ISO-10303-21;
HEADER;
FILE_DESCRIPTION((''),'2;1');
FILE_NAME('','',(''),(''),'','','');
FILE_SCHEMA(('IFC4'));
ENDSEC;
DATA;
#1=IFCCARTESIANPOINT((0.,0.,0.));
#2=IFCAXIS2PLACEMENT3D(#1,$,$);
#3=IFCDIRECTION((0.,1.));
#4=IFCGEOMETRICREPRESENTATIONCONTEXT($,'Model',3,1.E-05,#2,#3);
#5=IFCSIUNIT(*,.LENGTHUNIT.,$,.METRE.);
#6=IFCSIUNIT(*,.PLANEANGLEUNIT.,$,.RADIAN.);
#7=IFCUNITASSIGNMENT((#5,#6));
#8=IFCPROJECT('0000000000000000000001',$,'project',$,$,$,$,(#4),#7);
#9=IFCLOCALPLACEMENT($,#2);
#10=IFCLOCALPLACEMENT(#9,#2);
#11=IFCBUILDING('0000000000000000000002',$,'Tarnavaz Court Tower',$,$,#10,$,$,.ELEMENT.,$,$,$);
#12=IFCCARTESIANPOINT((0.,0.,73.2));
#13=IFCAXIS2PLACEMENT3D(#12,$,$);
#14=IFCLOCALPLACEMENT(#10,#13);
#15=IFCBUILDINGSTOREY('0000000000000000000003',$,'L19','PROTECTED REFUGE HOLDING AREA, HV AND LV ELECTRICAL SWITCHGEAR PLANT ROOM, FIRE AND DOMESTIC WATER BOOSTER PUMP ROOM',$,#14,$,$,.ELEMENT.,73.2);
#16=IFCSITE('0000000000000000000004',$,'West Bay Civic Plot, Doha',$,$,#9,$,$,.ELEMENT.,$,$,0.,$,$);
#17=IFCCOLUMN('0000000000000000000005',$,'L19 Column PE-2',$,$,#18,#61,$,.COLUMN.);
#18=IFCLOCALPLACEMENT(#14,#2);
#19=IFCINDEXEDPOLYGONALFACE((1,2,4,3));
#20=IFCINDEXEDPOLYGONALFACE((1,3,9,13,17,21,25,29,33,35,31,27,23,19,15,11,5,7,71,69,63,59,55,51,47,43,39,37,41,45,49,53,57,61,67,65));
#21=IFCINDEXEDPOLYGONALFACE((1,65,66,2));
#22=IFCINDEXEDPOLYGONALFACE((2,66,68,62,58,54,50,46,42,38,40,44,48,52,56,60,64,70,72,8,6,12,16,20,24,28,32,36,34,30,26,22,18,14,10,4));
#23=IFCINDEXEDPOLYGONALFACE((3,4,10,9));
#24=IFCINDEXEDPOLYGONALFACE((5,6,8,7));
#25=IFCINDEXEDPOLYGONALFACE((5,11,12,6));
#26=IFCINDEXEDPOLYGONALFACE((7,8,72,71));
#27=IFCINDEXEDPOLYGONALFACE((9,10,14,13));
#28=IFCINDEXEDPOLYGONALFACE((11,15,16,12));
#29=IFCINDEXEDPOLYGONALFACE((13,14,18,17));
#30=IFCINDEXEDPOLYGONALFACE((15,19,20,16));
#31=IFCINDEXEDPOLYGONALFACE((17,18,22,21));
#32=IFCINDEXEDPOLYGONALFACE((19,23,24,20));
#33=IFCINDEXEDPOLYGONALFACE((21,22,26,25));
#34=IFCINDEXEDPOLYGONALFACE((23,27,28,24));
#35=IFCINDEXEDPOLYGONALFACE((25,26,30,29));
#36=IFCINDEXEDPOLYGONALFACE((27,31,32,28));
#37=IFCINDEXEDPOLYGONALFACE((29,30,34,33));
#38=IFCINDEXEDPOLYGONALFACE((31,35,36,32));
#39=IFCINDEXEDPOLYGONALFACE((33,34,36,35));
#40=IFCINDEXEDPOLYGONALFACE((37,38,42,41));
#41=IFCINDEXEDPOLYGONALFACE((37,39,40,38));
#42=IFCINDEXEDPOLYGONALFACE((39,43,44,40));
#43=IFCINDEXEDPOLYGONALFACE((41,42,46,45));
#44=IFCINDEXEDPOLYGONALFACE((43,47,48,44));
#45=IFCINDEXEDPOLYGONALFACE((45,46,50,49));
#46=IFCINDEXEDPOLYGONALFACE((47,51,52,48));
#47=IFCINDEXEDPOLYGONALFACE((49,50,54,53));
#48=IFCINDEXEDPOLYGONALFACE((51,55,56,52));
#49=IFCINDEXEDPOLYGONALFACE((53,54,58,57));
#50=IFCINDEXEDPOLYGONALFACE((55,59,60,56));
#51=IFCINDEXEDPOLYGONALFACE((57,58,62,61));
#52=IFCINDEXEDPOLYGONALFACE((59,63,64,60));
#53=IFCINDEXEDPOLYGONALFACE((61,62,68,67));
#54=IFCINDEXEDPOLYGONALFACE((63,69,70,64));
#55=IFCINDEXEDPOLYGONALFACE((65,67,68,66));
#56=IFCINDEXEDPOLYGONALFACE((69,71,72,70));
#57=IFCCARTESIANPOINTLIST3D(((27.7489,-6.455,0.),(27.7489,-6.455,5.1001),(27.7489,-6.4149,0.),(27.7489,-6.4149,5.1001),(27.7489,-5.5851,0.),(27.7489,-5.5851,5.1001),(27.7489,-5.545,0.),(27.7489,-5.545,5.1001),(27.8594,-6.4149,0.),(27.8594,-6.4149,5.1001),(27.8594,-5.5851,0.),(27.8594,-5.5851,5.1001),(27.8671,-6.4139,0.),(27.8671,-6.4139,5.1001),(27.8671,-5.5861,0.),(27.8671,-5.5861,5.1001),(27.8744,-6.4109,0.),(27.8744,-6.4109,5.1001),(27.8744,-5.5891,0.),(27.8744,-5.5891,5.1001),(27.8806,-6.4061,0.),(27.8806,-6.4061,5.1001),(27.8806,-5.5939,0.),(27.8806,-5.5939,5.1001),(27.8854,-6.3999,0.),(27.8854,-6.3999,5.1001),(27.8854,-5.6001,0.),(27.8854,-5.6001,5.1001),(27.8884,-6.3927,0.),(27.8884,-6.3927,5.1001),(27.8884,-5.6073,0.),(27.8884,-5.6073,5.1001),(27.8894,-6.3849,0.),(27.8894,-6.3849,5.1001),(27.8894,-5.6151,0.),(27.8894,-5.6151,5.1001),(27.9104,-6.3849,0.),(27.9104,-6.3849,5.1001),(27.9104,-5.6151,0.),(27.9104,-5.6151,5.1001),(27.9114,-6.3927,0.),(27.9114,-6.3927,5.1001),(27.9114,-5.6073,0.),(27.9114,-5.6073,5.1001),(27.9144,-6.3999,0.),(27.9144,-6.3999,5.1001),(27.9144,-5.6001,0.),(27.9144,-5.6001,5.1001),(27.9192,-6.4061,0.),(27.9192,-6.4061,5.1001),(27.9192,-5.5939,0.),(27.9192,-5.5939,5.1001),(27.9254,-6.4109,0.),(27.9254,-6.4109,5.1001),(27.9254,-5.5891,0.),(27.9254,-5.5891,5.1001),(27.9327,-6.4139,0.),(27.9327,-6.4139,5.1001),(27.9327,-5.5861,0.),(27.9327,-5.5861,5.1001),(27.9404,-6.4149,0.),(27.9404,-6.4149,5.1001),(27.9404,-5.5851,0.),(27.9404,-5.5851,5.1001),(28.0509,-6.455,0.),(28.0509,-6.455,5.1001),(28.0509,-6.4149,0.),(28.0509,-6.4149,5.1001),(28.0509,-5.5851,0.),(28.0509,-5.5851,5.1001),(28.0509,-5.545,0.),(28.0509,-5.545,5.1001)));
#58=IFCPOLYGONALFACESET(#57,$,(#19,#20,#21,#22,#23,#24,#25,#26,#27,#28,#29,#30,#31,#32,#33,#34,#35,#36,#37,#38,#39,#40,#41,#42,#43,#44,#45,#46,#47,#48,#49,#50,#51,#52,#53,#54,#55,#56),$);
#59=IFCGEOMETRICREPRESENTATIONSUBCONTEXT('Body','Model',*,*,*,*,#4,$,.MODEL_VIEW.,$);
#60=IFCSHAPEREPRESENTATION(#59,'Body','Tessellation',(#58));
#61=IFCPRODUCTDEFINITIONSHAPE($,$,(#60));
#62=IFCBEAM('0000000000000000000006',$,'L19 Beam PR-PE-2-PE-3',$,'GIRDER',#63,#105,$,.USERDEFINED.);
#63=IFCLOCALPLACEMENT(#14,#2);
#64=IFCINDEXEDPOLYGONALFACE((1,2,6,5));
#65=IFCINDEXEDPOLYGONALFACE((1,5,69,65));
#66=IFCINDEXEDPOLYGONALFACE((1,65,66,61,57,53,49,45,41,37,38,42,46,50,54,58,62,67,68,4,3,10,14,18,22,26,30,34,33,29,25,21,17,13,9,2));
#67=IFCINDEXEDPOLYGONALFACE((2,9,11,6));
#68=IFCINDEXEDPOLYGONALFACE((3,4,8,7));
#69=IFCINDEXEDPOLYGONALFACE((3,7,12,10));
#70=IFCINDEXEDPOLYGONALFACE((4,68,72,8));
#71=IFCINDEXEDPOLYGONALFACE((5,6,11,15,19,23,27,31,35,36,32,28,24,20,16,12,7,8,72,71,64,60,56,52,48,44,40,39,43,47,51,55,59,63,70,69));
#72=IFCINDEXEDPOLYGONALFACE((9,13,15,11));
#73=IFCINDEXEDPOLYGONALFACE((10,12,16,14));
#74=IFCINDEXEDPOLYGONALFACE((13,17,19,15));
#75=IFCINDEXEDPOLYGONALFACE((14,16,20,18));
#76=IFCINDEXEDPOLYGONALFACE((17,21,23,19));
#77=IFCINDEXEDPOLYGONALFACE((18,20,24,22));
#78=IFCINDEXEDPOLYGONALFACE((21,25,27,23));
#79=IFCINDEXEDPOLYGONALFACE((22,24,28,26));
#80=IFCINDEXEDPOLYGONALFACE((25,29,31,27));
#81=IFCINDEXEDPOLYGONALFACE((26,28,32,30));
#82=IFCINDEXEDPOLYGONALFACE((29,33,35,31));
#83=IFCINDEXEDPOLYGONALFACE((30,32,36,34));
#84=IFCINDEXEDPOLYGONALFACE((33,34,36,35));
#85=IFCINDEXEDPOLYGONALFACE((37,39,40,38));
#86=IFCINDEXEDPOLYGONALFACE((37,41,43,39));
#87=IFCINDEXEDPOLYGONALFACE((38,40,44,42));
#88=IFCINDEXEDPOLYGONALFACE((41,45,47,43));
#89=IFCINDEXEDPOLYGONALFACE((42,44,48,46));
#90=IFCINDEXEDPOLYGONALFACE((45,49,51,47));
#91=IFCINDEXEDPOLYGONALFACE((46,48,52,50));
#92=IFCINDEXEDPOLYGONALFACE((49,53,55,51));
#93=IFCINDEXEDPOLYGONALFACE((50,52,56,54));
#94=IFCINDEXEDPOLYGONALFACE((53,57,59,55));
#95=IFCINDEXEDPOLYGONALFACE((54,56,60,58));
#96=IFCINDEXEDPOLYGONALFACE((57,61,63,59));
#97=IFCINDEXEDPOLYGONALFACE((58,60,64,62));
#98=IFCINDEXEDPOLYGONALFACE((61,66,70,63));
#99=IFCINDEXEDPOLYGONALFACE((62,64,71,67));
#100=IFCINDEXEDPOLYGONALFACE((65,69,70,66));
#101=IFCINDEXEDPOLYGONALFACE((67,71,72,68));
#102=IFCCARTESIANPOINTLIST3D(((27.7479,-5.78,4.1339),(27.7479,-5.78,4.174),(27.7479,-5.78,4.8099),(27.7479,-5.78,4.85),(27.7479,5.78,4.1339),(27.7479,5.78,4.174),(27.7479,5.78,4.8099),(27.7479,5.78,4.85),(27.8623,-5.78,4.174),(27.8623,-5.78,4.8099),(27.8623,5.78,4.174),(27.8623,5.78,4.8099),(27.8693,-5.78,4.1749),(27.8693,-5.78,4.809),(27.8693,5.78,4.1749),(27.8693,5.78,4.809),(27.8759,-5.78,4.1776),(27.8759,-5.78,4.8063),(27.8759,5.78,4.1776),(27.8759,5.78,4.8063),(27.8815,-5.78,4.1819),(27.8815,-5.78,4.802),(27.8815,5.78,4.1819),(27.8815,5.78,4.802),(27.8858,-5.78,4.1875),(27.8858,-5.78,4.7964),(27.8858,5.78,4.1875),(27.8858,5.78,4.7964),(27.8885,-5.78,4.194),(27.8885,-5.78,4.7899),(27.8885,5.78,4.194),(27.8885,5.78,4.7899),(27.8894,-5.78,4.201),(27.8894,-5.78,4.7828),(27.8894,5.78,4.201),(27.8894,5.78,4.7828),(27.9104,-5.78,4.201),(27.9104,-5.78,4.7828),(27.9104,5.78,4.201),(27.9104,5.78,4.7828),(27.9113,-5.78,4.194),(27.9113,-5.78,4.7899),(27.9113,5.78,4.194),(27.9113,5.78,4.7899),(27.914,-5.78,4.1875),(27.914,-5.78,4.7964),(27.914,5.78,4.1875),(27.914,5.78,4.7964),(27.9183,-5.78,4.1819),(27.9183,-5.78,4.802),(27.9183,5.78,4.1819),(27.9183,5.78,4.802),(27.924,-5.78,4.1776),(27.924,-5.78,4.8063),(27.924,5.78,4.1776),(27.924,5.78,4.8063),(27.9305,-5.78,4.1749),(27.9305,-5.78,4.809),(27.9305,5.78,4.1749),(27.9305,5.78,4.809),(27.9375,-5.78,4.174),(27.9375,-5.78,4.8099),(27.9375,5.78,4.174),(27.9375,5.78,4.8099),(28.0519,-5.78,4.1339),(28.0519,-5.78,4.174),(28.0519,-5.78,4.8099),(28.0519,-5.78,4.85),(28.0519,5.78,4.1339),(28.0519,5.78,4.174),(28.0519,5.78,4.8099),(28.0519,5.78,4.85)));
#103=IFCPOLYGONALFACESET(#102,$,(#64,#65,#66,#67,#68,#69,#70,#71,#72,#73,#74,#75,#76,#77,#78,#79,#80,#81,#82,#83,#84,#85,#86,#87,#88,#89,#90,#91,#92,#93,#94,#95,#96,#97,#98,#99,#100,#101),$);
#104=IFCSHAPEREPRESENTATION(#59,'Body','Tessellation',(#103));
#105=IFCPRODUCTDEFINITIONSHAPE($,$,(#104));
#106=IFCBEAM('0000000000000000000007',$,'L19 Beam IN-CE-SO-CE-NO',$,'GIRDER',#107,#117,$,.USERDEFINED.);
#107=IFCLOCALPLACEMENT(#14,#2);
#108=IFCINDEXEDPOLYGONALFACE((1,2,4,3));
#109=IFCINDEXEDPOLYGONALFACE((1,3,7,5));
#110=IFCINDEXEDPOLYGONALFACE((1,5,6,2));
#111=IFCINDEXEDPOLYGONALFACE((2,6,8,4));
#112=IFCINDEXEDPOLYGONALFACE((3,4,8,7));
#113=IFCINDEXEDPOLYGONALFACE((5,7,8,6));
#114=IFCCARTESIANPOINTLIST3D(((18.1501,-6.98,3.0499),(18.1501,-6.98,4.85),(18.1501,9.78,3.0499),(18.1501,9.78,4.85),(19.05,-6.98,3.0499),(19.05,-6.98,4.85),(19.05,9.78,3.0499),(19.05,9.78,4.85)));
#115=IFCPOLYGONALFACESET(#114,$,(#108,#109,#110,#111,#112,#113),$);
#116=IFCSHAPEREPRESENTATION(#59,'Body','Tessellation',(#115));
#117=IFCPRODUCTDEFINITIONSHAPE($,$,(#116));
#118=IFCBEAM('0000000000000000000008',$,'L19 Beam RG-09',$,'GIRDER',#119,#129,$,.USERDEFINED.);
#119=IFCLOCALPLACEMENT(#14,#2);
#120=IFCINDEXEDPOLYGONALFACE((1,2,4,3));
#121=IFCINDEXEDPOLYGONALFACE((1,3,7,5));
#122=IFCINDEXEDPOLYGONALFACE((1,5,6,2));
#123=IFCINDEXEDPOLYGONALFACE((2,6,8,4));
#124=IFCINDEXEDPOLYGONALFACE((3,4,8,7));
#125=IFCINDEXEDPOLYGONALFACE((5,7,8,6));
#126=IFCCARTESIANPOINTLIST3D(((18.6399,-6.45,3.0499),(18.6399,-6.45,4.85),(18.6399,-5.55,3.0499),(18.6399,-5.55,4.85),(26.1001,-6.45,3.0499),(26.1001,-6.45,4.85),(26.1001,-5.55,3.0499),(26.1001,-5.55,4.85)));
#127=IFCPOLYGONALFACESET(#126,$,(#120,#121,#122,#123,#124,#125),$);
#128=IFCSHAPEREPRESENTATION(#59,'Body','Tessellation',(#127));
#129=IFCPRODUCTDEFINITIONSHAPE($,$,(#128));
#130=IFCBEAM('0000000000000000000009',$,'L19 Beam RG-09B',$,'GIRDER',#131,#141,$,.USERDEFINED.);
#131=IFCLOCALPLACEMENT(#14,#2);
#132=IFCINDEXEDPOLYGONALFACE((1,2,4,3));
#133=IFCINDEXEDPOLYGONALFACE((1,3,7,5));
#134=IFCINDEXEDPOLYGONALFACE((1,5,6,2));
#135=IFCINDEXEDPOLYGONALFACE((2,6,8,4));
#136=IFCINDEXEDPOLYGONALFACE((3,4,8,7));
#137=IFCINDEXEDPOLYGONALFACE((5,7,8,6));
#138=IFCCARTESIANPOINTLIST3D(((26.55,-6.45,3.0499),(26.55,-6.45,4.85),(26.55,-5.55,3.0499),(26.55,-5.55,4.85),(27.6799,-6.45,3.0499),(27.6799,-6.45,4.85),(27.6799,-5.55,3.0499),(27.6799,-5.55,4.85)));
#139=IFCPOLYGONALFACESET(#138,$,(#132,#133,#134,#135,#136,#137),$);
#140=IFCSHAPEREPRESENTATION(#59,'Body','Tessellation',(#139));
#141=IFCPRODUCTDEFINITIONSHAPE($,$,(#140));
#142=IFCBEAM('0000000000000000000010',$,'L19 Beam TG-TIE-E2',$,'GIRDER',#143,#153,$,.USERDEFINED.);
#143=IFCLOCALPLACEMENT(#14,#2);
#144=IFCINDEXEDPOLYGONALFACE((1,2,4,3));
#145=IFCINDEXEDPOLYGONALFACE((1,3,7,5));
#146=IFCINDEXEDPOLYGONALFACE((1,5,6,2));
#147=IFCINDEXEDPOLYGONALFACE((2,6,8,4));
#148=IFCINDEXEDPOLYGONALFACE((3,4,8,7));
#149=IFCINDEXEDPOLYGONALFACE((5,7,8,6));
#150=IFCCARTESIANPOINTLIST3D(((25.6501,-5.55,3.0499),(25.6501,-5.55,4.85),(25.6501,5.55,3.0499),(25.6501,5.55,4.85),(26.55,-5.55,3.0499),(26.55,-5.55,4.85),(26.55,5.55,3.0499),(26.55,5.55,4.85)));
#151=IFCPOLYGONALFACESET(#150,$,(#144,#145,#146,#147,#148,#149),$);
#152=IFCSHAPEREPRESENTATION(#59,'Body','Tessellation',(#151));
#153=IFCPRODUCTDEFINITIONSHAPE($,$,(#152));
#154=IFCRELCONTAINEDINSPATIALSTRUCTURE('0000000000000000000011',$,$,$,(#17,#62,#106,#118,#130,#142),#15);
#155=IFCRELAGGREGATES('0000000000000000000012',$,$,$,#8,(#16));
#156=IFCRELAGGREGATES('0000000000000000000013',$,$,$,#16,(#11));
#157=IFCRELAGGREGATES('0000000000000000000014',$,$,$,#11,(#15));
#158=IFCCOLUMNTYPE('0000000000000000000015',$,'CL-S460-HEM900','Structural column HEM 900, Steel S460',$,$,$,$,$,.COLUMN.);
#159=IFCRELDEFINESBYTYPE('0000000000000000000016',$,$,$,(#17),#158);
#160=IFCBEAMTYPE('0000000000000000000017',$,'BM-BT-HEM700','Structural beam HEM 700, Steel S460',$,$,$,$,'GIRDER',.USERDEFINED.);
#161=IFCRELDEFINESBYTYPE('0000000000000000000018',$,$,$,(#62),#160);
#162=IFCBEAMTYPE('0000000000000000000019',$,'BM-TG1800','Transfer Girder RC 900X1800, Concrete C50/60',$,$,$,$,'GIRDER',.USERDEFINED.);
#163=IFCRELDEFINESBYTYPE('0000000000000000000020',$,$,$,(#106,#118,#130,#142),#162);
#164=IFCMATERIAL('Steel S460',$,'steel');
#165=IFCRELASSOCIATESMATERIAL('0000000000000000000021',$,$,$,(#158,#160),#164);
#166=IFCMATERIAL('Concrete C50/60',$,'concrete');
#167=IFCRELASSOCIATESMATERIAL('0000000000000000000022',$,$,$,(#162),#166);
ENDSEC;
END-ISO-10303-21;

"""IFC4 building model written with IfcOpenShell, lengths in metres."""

from ifc_helpers import new_model, si_unit, direction, frame, origin, origin_2d, place, context, subcontext, project, spatial, rectangle, i_section, extrude, material, material_profile, profile_set, type_object, element, save


model = new_model("IFC4")

# Units and contexts
model_context = context("Model", 3, precision=1e-05, world=origin(), true_north=direction((0.0, 1.0)))
body_context = subcontext(model_context, "Body", "Model", "MODEL_VIEW")
ifc_project = project(units=[si_unit("LENGTHUNIT", "METRE"), si_unit("PLANEANGLEUNIT", "RADIAN")], contexts=[model_context])

# Site, building, storey
site_placement = place(None, origin())
site = spatial("IfcSite", under=ifc_project, at=site_placement, Name="West Bay Civic Plot, Doha", CompositionType="ELEMENT", RefElevation=0.0)
building_placement = place(site_placement, origin())
building = spatial("IfcBuilding", under=site, at=building_placement, Name="Tarnavaz Court Tower", CompositionType="ELEMENT")
storey_placement = place(building_placement, frame((0.0, 0.0, 73.2)))
storey = spatial("IfcBuildingStorey", under=building, at=storey_placement, Name="L19", Description="PROTECTED REFUGE HOLDING AREA, HV AND LV ELECTRICAL SWITCHGEAR PLANT ROOM, FIRE AND DOMESTIC WATER BOOSTER PUMP ROOM", CompositionType="ELEMENT", Elevation=73.2)

# Column
ifc_material_1 = material(Name="Steel S460", Category="steel")
ifc_material_profile_1 = material_profile(ifc_material_1, i_section(OverallWidth=0.302, OverallDepth=0.9099, WebThickness=0.021, FlangeThickness=0.04, FilletRadius=0.03, at=origin_2d()), Name="HEM 900")
ifc_profile_set_1 = profile_set([ifc_material_profile_1], Name="Steel S460")
column_type = type_object("IfcColumnType", Name="CL-S460-HEM900", Description="Structural column HEM 900, Steel S460", PredefinedType="COLUMN", material=ifc_profile_set_1)
column_placement = place(storey_placement, frame((27.8999, -6.0, 0.0), z_axis=(0.0, 0.0, 1.0), x_axis=(1.0, 0.0, 0.0)))
element("IfcColumn", 1, at=column_placement, inside=storey, type_object=column_type, Name="L19 Column PE-2", PredefinedType="COLUMN", context=body_context, shape_type="SweptSolid", body=[
    extrude(i_section(OverallWidth=0.302, OverallDepth=0.9099, WebThickness=0.021, FlangeThickness=0.04, FilletRadius=0.03, at=origin_2d()), origin(), (0.0, 0.0, 1.0), 5.1001),
])

# Beams
ifc_material_profile_2 = material_profile(ifc_material_1, i_section(OverallWidth=0.304, OverallDepth=0.7161, WebThickness=0.021, FlangeThickness=0.04, FilletRadius=0.0271, at=origin_2d()), Name="HEM 700")
ifc_profile_set_2 = profile_set([ifc_material_profile_2], Name="Steel S460")
beam_type_1 = type_object("IfcBeamType", Name="BM-BT-HEM700", Description="Structural beam HEM 700, Steel S460", ElementType="GIRDER", PredefinedType="USERDEFINED", material=ifc_profile_set_2)
beam_1_placement = place(storey_placement, frame((27.8999, -5.78, 4.4919), z_axis=(0.0, 1.0, 0.0), x_axis=(-1.0, 0.0, 0.0)))
element("IfcBeam", 2, at=beam_1_placement, inside=storey, type_object=beam_type_1, Name="L19 Beam PR-PE-2-PE-3", ObjectType="GIRDER", PredefinedType="USERDEFINED", context=body_context, shape_type="SweptSolid", body=[
    extrude(i_section(OverallWidth=0.304, OverallDepth=0.7161, WebThickness=0.021, FlangeThickness=0.04, FilletRadius=0.0271, at=origin_2d()), origin(), (0.0, 0.0, 1.0), 11.5601),
])
ifc_material_2 = material(Name="Concrete C50/60", Category="concrete")
ifc_material_profile_3 = material_profile(ifc_material_2, rectangle(XDim=0.8999, YDim=1.8, at=origin_2d()), Name="RC 900X1800")
ifc_profile_set_3 = profile_set([ifc_material_profile_3], Name="Concrete C50/60")
beam_type_2 = type_object("IfcBeamType", Name="BM-TG1800", Description="Transfer Girder RC 900X1800, Concrete C50/60", ElementType="GIRDER", PredefinedType="USERDEFINED", material=ifc_profile_set_3)
beam_2_placement = place(storey_placement, frame((18.6001, -6.98, 3.95), z_axis=(0.0, 1.0, 0.0), x_axis=(-1.0, 0.0, 0.0)))
element("IfcBeam", 3, at=beam_2_placement, inside=storey, type_object=beam_type_2, Name="L19 Beam IN-CE-SO-CE-NO", ObjectType="GIRDER", PredefinedType="USERDEFINED", context=body_context, shape_type="SweptSolid", body=[
    extrude(rectangle(XDim=0.8999, YDim=1.8, at=origin_2d()), origin(), (0.0, 0.0, 1.0), 16.76),
])
beam_3_placement = place(storey_placement, frame((18.6399, -6.0, 3.95), z_axis=(1.0, 0.0, 0.0), x_axis=(0.0, 1.0, 0.0)))
element("IfcBeam", 4, at=beam_3_placement, inside=storey, type_object=beam_type_2, Name="L19 Beam RG-09", ObjectType="GIRDER", PredefinedType="USERDEFINED", context=body_context, shape_type="SweptSolid", body=[
    extrude(rectangle(XDim=0.8999, YDim=1.8, at=origin_2d()), origin(), (0.0, 0.0, 1.0), 7.4602),
])
beam_4_placement = place(storey_placement, frame((26.55, -6.0, 3.95), z_axis=(1.0, 0.0, 0.0), x_axis=(0.0, 1.0, 0.0)))
element("IfcBeam", 5, at=beam_4_placement, inside=storey, type_object=beam_type_2, Name="L19 Beam RG-09B", ObjectType="GIRDER", PredefinedType="USERDEFINED", context=body_context, shape_type="SweptSolid", body=[
    extrude(rectangle(XDim=0.8999, YDim=1.8, at=origin_2d()), origin(), (0.0, 0.0, 1.0), 1.1299),
])
beam_5_placement = place(storey_placement, frame((26.1001, -5.55, 3.95), z_axis=(0.0, 1.0, 0.0), x_axis=(-1.0, 0.0, 0.0)))
element("IfcBeam", 6, at=beam_5_placement, inside=storey, type_object=beam_type_2, Name="L19 Beam TG-TIE-E2", ObjectType="GIRDER", PredefinedType="USERDEFINED", context=body_context, shape_type="SweptSolid", body=[
    extrude(rectangle(XDim=0.8999, YDim=1.8, at=origin_2d()), origin(), (0.0, 0.0, 1.0), 11.1001),
])

save(model, "model.ifc")
